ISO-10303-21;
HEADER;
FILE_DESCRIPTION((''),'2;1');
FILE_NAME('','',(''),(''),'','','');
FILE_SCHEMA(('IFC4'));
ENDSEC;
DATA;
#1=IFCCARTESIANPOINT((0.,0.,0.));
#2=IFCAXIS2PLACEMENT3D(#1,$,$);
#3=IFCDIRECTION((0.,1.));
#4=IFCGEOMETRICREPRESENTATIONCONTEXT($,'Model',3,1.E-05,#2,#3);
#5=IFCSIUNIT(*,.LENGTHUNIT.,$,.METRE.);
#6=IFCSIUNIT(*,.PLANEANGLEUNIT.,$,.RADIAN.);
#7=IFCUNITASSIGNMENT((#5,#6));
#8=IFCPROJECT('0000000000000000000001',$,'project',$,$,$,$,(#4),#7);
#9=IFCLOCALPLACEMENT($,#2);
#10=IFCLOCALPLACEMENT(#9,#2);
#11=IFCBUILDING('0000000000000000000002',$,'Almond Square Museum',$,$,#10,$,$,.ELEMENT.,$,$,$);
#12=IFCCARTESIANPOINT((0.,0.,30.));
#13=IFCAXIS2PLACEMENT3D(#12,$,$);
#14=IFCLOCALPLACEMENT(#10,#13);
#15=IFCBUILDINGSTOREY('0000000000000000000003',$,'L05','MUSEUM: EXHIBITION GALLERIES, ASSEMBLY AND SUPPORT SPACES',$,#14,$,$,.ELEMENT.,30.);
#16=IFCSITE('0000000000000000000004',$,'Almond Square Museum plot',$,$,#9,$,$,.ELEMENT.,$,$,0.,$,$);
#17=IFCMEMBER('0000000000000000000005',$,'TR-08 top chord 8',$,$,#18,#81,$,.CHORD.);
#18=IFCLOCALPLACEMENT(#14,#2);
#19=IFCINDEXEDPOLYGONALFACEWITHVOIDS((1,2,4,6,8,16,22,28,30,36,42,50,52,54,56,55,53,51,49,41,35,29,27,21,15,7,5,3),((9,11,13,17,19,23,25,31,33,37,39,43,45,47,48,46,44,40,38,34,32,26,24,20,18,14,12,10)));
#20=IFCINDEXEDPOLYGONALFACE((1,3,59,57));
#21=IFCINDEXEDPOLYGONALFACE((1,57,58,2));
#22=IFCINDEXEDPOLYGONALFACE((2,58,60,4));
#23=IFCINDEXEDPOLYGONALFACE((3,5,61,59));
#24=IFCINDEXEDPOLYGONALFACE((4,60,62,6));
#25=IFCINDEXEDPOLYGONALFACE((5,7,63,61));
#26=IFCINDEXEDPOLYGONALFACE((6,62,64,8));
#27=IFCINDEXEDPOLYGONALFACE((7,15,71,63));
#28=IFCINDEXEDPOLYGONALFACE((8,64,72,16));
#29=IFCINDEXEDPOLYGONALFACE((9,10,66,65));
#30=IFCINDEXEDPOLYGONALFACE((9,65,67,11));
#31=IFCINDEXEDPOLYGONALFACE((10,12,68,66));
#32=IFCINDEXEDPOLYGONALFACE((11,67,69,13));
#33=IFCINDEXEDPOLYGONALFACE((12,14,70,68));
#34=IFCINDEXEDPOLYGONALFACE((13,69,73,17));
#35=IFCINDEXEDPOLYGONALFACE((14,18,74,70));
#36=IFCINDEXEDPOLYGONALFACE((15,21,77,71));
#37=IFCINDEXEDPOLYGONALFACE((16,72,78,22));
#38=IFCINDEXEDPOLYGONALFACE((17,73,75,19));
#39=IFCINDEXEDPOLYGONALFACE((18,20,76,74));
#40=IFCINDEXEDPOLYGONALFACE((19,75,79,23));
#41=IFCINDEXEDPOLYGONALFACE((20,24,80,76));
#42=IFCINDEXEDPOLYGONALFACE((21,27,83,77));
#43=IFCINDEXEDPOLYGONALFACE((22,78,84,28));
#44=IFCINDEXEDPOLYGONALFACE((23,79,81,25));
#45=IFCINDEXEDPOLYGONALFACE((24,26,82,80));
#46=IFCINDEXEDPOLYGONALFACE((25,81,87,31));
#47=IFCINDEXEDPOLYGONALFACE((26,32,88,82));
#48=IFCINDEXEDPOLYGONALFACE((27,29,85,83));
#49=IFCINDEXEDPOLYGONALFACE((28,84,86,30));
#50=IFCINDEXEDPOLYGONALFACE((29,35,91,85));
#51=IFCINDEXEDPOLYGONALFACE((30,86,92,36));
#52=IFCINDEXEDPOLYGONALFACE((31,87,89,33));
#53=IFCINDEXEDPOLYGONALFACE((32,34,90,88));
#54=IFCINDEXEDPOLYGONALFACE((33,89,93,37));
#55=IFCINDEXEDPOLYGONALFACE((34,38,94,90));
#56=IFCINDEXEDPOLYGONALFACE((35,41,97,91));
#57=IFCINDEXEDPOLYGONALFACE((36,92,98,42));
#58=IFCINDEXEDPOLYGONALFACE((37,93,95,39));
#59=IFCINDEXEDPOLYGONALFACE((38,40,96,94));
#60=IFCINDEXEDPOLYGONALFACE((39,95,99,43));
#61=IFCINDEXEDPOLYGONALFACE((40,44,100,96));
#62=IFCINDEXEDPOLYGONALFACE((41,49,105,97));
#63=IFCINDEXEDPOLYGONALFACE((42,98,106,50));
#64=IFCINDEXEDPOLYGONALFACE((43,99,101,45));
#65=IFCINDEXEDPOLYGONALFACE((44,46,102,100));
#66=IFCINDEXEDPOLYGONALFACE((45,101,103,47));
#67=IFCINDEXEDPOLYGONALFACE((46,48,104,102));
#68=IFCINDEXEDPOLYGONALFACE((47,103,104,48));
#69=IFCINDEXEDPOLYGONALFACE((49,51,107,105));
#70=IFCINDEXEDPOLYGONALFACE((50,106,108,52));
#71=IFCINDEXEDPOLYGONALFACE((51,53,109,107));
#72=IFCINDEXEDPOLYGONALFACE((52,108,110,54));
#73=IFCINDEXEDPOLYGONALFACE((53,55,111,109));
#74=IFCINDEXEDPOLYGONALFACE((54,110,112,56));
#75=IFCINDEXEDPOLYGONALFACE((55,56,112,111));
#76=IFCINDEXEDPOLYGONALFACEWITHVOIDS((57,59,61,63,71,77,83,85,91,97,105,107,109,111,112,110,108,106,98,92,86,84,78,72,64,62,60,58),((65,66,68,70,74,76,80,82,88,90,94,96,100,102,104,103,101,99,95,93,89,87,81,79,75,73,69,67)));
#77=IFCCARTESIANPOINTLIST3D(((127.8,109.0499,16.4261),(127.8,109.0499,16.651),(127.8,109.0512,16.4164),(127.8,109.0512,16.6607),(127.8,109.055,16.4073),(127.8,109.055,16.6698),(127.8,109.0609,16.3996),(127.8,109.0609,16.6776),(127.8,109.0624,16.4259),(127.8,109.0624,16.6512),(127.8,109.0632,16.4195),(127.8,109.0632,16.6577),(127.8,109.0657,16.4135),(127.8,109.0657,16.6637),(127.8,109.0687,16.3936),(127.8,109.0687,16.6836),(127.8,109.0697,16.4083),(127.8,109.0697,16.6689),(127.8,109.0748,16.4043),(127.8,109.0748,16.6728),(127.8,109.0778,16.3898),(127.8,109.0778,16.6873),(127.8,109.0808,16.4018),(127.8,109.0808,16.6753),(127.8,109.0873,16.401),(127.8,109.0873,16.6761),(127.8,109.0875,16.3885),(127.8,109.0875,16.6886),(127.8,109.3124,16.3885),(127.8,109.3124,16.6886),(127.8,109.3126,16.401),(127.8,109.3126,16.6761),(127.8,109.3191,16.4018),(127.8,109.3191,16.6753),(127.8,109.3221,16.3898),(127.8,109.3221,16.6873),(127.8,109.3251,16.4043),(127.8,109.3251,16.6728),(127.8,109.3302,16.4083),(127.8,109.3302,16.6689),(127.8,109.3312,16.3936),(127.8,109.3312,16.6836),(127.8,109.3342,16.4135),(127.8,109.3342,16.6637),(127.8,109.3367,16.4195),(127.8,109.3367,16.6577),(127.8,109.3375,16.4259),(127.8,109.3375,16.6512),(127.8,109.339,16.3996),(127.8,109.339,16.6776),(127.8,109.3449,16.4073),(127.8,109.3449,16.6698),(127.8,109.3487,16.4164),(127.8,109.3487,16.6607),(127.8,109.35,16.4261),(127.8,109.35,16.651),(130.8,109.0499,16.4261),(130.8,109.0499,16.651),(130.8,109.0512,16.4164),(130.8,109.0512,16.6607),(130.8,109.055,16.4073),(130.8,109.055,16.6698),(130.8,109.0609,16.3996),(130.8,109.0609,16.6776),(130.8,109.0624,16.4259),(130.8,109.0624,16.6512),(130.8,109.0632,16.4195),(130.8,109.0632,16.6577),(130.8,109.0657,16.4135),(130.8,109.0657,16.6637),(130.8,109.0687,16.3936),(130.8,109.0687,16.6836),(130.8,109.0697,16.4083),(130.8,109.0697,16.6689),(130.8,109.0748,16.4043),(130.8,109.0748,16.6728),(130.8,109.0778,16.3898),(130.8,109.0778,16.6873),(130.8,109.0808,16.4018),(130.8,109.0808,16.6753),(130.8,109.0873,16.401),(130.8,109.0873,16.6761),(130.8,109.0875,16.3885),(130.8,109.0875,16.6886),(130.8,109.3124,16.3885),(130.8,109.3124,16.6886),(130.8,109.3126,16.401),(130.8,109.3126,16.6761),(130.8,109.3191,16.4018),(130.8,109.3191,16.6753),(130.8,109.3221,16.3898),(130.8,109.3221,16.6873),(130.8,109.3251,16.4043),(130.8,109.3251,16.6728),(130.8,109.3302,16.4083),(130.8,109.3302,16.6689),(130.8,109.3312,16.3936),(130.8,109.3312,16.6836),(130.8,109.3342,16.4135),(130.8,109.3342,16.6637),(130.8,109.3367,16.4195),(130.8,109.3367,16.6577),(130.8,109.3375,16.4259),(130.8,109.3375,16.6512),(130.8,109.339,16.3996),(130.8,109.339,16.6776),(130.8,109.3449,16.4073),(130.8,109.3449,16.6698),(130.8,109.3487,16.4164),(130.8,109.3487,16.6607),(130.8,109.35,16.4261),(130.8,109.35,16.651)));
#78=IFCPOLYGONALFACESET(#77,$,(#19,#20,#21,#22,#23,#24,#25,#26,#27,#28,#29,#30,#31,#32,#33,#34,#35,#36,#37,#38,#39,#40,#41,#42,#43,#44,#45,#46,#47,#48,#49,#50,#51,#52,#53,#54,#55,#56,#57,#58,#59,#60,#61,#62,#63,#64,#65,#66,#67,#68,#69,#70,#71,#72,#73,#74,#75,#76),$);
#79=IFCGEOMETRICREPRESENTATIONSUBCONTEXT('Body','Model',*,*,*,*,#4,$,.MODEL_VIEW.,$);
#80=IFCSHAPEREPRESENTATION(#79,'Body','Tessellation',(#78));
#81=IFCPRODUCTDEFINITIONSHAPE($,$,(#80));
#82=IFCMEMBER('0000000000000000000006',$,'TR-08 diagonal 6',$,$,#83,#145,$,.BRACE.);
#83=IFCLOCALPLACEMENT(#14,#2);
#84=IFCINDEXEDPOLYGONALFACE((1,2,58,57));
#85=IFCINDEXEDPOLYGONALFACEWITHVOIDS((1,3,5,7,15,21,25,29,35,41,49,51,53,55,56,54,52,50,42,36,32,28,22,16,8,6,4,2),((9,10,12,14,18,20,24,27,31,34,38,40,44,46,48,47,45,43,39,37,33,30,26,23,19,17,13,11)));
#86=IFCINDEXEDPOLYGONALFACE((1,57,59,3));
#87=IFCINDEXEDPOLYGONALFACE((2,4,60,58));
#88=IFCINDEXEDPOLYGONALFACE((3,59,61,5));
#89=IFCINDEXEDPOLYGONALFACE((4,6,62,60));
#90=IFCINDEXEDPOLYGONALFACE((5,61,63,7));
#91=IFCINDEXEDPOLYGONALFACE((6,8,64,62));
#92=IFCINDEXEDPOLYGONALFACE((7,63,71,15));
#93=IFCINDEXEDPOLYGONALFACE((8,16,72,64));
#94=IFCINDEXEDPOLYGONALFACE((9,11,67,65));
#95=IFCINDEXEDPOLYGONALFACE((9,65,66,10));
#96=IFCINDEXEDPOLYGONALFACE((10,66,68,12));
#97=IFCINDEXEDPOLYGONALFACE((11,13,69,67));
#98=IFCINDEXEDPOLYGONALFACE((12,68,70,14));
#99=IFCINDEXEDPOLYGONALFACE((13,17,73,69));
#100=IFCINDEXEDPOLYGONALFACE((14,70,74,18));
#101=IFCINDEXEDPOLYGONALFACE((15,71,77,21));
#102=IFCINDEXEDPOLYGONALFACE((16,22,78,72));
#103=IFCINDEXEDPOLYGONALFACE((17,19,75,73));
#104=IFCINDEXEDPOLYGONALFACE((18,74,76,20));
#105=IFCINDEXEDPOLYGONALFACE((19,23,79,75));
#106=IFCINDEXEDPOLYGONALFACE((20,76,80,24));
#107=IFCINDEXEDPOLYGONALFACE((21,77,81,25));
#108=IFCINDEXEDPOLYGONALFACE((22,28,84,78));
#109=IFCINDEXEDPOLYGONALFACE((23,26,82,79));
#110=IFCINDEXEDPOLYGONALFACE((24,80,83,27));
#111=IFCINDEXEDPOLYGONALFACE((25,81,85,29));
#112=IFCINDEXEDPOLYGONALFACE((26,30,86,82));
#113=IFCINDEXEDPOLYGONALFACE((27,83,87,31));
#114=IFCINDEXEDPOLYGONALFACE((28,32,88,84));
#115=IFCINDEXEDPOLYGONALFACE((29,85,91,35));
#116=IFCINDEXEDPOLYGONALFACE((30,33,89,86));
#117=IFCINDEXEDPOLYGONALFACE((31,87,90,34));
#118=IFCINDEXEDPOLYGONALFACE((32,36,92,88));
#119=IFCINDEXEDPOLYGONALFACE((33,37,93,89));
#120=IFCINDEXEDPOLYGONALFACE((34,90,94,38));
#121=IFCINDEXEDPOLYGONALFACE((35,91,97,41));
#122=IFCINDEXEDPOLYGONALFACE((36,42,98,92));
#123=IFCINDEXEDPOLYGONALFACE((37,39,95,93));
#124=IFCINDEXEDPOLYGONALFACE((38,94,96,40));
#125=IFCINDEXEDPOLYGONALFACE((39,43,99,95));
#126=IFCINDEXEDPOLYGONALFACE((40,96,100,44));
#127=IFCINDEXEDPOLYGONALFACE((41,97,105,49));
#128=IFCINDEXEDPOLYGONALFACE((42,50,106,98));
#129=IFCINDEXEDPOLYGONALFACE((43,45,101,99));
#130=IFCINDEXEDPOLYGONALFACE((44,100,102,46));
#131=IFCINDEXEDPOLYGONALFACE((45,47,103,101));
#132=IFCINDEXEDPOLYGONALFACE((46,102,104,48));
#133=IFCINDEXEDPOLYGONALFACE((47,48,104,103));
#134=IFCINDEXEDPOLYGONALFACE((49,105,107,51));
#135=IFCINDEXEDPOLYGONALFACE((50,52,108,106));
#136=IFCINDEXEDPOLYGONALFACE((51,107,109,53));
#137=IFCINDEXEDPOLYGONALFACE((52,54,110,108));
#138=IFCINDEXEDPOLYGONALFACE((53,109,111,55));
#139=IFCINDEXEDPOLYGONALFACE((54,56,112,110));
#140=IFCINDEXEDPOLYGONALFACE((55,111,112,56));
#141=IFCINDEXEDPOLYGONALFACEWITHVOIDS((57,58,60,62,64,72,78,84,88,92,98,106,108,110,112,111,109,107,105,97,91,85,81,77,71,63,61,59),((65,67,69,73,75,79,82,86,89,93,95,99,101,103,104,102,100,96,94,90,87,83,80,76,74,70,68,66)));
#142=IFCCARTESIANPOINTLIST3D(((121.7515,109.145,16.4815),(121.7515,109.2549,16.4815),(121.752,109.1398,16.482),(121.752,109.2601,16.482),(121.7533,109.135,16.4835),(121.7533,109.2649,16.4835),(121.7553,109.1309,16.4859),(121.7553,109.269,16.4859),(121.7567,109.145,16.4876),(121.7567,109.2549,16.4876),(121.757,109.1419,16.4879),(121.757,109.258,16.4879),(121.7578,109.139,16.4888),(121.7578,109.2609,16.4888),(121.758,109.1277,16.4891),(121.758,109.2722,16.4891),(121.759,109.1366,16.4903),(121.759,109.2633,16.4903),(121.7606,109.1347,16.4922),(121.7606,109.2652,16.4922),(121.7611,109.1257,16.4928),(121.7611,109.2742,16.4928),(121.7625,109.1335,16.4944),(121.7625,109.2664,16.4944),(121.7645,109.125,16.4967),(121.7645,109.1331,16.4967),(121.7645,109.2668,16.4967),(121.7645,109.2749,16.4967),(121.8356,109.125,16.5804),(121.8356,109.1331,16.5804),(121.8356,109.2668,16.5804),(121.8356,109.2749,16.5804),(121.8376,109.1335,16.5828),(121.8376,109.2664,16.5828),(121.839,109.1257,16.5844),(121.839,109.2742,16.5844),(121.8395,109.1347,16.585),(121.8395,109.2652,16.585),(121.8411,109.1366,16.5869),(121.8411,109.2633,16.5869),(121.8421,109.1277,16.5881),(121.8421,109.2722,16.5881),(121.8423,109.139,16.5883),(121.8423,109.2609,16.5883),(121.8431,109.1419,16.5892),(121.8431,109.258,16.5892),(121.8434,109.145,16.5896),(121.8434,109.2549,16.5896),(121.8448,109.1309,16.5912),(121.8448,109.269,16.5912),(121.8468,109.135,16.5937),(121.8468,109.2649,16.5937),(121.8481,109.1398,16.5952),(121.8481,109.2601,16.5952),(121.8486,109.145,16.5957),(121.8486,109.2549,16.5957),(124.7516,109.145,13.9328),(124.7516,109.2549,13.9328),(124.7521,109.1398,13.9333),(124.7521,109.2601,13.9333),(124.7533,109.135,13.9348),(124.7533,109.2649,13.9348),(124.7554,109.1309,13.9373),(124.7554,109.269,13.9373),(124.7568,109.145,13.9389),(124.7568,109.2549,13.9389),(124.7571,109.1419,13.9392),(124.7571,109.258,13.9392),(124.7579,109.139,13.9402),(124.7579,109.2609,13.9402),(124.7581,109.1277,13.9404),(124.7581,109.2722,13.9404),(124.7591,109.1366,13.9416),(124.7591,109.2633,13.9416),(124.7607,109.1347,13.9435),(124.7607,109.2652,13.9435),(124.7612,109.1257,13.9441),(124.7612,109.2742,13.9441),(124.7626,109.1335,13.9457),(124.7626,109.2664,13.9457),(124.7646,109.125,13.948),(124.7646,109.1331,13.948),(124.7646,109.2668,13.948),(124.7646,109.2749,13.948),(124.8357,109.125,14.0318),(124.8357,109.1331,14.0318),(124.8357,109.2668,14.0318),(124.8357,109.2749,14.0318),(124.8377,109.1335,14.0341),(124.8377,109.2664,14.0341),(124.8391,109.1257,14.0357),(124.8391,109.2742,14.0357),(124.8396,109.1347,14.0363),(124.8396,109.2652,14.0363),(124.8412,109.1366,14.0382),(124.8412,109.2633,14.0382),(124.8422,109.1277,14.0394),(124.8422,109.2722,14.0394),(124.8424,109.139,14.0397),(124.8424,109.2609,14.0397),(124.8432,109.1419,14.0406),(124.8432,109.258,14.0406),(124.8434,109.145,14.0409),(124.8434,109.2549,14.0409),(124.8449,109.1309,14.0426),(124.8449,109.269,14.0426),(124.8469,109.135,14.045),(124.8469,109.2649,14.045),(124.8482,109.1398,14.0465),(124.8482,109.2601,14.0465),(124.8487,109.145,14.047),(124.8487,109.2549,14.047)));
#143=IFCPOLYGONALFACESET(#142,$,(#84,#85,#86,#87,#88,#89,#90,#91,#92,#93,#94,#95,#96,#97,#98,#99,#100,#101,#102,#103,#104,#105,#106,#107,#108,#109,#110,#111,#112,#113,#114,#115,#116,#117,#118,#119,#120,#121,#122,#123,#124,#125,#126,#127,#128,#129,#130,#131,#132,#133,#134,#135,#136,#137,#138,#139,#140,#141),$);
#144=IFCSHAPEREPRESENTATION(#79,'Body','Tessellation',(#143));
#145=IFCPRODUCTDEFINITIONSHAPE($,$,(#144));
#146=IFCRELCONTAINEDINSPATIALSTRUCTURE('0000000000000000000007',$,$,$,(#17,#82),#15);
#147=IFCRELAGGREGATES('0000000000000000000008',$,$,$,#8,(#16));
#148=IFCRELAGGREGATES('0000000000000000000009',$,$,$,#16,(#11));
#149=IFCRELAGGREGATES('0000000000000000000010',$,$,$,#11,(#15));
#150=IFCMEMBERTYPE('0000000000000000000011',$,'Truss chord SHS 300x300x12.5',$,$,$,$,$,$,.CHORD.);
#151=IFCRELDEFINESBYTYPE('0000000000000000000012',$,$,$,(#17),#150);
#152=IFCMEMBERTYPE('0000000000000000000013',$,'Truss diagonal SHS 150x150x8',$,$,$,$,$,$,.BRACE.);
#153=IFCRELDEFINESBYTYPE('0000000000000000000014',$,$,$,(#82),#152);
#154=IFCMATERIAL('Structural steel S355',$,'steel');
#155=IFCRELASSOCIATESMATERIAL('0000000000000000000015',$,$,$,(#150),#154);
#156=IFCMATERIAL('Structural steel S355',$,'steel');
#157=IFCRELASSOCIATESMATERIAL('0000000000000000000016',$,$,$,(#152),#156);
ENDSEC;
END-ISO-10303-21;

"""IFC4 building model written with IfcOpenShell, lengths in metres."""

from ifc_helpers import new_model, si_unit, direction, frame, origin, origin_2d, place, context, subcontext, project, spatial, hollow_rectangle, extrude, material, material_profile, profile_set, type_object, element, save


model = new_model("IFC4")

# Units and contexts
model_context = context("Model", 3, precision=1e-05, world=origin(), true_north=direction((0.0, 1.0)))
body_context = subcontext(model_context, "Body", "Model", "MODEL_VIEW")
ifc_project = project(units=[si_unit("LENGTHUNIT", "METRE"), si_unit("PLANEANGLEUNIT", "RADIAN")], contexts=[model_context])

# Site, building, storey
site_placement = place(None, origin())
site = spatial("IfcSite", under=ifc_project, at=site_placement, Name="Almond Square Museum plot", CompositionType="ELEMENT", RefElevation=0.0)
building_placement = place(site_placement, origin())
building = spatial("IfcBuilding", under=site, at=building_placement, Name="Almond Square Museum", CompositionType="ELEMENT")
storey_placement = place(building_placement, frame((0.0, 0.0, 30.0)))
storey = spatial("IfcBuildingStorey", under=building, at=storey_placement, Name="L05", Description="MUSEUM: EXHIBITION GALLERIES, ASSEMBLY AND SUPPORT SPACES", CompositionType="ELEMENT", Elevation=30.0)

# Members
ifc_material_1 = material(Name="Structural steel S355", Category="steel")
ifc_material_profile_1 = material_profile(ifc_material_1, hollow_rectangle(XDim=0.3, YDim=0.3, WallThickness=0.0125, InnerFilletRadius=0.0249, OuterFilletRadius=0.0376, at=origin_2d()))
ifc_profile_set_1 = profile_set([ifc_material_profile_1], Name="Structural steel S355")
member_type_1 = type_object("IfcMemberType", Name="Truss chord SHS 300x300x12.5", PredefinedType="CHORD", material=ifc_profile_set_1)
for number, where, z_axis, x_axis, name in (
    (1, (127.8, 109.2, 16.5386), (1.0, 0.0, 0.0), (0.0, 1.0, 0.0), "TR-08 top chord 8"),
):
    element("IfcMember", number, at=place(storey_placement, frame(where, z_axis=z_axis, x_axis=x_axis)), inside=storey, type_object=member_type_1, Name=name, PredefinedType="CHORD", context=body_context, shape_type="SweptSolid", body=[
        extrude(hollow_rectangle(XDim=0.3, YDim=0.3, WallThickness=0.0125, InnerFilletRadius=0.0249, OuterFilletRadius=0.0376, at=origin_2d()), origin(), (0.0, 0.0, 1.0), 3.0),
    ])
ifc_material_2 = material(Name="Structural steel S355", Category="steel")
ifc_material_profile_2 = material_profile(ifc_material_2, hollow_rectangle(XDim=0.1499, YDim=0.1499, WallThickness=0.0081, InnerFilletRadius=0.012, OuterFilletRadius=0.02, at=origin_2d()))
ifc_profile_set_2 = profile_set([ifc_material_profile_2], Name="Structural steel S355")
member_type_2 = type_object("IfcMemberType", Name="Truss diagonal SHS 150x150x8", PredefinedType="BRACE", material=ifc_profile_set_2)
for number, where, z_axis, x_axis, name in (
    (2, (121.8, 109.2, 16.5386), (0.762117, 0.0, -0.64744), (0.0, 1.0, 0.0), "TR-08 diagonal 6"),
):
    element("IfcMember", number, at=place(storey_placement, frame(where, z_axis=z_axis, x_axis=x_axis)), inside=storey, type_object=member_type_2, Name=name, PredefinedType="BRACE", context=body_context, shape_type="SweptSolid", body=[
        extrude(hollow_rectangle(XDim=0.1499, YDim=0.1499, WallThickness=0.0081, InnerFilletRadius=0.012, OuterFilletRadius=0.02, at=origin_2d()), origin(), (0.0, 0.0, 1.0), 3.9365),
    ])

save(model, "model.ifc")
